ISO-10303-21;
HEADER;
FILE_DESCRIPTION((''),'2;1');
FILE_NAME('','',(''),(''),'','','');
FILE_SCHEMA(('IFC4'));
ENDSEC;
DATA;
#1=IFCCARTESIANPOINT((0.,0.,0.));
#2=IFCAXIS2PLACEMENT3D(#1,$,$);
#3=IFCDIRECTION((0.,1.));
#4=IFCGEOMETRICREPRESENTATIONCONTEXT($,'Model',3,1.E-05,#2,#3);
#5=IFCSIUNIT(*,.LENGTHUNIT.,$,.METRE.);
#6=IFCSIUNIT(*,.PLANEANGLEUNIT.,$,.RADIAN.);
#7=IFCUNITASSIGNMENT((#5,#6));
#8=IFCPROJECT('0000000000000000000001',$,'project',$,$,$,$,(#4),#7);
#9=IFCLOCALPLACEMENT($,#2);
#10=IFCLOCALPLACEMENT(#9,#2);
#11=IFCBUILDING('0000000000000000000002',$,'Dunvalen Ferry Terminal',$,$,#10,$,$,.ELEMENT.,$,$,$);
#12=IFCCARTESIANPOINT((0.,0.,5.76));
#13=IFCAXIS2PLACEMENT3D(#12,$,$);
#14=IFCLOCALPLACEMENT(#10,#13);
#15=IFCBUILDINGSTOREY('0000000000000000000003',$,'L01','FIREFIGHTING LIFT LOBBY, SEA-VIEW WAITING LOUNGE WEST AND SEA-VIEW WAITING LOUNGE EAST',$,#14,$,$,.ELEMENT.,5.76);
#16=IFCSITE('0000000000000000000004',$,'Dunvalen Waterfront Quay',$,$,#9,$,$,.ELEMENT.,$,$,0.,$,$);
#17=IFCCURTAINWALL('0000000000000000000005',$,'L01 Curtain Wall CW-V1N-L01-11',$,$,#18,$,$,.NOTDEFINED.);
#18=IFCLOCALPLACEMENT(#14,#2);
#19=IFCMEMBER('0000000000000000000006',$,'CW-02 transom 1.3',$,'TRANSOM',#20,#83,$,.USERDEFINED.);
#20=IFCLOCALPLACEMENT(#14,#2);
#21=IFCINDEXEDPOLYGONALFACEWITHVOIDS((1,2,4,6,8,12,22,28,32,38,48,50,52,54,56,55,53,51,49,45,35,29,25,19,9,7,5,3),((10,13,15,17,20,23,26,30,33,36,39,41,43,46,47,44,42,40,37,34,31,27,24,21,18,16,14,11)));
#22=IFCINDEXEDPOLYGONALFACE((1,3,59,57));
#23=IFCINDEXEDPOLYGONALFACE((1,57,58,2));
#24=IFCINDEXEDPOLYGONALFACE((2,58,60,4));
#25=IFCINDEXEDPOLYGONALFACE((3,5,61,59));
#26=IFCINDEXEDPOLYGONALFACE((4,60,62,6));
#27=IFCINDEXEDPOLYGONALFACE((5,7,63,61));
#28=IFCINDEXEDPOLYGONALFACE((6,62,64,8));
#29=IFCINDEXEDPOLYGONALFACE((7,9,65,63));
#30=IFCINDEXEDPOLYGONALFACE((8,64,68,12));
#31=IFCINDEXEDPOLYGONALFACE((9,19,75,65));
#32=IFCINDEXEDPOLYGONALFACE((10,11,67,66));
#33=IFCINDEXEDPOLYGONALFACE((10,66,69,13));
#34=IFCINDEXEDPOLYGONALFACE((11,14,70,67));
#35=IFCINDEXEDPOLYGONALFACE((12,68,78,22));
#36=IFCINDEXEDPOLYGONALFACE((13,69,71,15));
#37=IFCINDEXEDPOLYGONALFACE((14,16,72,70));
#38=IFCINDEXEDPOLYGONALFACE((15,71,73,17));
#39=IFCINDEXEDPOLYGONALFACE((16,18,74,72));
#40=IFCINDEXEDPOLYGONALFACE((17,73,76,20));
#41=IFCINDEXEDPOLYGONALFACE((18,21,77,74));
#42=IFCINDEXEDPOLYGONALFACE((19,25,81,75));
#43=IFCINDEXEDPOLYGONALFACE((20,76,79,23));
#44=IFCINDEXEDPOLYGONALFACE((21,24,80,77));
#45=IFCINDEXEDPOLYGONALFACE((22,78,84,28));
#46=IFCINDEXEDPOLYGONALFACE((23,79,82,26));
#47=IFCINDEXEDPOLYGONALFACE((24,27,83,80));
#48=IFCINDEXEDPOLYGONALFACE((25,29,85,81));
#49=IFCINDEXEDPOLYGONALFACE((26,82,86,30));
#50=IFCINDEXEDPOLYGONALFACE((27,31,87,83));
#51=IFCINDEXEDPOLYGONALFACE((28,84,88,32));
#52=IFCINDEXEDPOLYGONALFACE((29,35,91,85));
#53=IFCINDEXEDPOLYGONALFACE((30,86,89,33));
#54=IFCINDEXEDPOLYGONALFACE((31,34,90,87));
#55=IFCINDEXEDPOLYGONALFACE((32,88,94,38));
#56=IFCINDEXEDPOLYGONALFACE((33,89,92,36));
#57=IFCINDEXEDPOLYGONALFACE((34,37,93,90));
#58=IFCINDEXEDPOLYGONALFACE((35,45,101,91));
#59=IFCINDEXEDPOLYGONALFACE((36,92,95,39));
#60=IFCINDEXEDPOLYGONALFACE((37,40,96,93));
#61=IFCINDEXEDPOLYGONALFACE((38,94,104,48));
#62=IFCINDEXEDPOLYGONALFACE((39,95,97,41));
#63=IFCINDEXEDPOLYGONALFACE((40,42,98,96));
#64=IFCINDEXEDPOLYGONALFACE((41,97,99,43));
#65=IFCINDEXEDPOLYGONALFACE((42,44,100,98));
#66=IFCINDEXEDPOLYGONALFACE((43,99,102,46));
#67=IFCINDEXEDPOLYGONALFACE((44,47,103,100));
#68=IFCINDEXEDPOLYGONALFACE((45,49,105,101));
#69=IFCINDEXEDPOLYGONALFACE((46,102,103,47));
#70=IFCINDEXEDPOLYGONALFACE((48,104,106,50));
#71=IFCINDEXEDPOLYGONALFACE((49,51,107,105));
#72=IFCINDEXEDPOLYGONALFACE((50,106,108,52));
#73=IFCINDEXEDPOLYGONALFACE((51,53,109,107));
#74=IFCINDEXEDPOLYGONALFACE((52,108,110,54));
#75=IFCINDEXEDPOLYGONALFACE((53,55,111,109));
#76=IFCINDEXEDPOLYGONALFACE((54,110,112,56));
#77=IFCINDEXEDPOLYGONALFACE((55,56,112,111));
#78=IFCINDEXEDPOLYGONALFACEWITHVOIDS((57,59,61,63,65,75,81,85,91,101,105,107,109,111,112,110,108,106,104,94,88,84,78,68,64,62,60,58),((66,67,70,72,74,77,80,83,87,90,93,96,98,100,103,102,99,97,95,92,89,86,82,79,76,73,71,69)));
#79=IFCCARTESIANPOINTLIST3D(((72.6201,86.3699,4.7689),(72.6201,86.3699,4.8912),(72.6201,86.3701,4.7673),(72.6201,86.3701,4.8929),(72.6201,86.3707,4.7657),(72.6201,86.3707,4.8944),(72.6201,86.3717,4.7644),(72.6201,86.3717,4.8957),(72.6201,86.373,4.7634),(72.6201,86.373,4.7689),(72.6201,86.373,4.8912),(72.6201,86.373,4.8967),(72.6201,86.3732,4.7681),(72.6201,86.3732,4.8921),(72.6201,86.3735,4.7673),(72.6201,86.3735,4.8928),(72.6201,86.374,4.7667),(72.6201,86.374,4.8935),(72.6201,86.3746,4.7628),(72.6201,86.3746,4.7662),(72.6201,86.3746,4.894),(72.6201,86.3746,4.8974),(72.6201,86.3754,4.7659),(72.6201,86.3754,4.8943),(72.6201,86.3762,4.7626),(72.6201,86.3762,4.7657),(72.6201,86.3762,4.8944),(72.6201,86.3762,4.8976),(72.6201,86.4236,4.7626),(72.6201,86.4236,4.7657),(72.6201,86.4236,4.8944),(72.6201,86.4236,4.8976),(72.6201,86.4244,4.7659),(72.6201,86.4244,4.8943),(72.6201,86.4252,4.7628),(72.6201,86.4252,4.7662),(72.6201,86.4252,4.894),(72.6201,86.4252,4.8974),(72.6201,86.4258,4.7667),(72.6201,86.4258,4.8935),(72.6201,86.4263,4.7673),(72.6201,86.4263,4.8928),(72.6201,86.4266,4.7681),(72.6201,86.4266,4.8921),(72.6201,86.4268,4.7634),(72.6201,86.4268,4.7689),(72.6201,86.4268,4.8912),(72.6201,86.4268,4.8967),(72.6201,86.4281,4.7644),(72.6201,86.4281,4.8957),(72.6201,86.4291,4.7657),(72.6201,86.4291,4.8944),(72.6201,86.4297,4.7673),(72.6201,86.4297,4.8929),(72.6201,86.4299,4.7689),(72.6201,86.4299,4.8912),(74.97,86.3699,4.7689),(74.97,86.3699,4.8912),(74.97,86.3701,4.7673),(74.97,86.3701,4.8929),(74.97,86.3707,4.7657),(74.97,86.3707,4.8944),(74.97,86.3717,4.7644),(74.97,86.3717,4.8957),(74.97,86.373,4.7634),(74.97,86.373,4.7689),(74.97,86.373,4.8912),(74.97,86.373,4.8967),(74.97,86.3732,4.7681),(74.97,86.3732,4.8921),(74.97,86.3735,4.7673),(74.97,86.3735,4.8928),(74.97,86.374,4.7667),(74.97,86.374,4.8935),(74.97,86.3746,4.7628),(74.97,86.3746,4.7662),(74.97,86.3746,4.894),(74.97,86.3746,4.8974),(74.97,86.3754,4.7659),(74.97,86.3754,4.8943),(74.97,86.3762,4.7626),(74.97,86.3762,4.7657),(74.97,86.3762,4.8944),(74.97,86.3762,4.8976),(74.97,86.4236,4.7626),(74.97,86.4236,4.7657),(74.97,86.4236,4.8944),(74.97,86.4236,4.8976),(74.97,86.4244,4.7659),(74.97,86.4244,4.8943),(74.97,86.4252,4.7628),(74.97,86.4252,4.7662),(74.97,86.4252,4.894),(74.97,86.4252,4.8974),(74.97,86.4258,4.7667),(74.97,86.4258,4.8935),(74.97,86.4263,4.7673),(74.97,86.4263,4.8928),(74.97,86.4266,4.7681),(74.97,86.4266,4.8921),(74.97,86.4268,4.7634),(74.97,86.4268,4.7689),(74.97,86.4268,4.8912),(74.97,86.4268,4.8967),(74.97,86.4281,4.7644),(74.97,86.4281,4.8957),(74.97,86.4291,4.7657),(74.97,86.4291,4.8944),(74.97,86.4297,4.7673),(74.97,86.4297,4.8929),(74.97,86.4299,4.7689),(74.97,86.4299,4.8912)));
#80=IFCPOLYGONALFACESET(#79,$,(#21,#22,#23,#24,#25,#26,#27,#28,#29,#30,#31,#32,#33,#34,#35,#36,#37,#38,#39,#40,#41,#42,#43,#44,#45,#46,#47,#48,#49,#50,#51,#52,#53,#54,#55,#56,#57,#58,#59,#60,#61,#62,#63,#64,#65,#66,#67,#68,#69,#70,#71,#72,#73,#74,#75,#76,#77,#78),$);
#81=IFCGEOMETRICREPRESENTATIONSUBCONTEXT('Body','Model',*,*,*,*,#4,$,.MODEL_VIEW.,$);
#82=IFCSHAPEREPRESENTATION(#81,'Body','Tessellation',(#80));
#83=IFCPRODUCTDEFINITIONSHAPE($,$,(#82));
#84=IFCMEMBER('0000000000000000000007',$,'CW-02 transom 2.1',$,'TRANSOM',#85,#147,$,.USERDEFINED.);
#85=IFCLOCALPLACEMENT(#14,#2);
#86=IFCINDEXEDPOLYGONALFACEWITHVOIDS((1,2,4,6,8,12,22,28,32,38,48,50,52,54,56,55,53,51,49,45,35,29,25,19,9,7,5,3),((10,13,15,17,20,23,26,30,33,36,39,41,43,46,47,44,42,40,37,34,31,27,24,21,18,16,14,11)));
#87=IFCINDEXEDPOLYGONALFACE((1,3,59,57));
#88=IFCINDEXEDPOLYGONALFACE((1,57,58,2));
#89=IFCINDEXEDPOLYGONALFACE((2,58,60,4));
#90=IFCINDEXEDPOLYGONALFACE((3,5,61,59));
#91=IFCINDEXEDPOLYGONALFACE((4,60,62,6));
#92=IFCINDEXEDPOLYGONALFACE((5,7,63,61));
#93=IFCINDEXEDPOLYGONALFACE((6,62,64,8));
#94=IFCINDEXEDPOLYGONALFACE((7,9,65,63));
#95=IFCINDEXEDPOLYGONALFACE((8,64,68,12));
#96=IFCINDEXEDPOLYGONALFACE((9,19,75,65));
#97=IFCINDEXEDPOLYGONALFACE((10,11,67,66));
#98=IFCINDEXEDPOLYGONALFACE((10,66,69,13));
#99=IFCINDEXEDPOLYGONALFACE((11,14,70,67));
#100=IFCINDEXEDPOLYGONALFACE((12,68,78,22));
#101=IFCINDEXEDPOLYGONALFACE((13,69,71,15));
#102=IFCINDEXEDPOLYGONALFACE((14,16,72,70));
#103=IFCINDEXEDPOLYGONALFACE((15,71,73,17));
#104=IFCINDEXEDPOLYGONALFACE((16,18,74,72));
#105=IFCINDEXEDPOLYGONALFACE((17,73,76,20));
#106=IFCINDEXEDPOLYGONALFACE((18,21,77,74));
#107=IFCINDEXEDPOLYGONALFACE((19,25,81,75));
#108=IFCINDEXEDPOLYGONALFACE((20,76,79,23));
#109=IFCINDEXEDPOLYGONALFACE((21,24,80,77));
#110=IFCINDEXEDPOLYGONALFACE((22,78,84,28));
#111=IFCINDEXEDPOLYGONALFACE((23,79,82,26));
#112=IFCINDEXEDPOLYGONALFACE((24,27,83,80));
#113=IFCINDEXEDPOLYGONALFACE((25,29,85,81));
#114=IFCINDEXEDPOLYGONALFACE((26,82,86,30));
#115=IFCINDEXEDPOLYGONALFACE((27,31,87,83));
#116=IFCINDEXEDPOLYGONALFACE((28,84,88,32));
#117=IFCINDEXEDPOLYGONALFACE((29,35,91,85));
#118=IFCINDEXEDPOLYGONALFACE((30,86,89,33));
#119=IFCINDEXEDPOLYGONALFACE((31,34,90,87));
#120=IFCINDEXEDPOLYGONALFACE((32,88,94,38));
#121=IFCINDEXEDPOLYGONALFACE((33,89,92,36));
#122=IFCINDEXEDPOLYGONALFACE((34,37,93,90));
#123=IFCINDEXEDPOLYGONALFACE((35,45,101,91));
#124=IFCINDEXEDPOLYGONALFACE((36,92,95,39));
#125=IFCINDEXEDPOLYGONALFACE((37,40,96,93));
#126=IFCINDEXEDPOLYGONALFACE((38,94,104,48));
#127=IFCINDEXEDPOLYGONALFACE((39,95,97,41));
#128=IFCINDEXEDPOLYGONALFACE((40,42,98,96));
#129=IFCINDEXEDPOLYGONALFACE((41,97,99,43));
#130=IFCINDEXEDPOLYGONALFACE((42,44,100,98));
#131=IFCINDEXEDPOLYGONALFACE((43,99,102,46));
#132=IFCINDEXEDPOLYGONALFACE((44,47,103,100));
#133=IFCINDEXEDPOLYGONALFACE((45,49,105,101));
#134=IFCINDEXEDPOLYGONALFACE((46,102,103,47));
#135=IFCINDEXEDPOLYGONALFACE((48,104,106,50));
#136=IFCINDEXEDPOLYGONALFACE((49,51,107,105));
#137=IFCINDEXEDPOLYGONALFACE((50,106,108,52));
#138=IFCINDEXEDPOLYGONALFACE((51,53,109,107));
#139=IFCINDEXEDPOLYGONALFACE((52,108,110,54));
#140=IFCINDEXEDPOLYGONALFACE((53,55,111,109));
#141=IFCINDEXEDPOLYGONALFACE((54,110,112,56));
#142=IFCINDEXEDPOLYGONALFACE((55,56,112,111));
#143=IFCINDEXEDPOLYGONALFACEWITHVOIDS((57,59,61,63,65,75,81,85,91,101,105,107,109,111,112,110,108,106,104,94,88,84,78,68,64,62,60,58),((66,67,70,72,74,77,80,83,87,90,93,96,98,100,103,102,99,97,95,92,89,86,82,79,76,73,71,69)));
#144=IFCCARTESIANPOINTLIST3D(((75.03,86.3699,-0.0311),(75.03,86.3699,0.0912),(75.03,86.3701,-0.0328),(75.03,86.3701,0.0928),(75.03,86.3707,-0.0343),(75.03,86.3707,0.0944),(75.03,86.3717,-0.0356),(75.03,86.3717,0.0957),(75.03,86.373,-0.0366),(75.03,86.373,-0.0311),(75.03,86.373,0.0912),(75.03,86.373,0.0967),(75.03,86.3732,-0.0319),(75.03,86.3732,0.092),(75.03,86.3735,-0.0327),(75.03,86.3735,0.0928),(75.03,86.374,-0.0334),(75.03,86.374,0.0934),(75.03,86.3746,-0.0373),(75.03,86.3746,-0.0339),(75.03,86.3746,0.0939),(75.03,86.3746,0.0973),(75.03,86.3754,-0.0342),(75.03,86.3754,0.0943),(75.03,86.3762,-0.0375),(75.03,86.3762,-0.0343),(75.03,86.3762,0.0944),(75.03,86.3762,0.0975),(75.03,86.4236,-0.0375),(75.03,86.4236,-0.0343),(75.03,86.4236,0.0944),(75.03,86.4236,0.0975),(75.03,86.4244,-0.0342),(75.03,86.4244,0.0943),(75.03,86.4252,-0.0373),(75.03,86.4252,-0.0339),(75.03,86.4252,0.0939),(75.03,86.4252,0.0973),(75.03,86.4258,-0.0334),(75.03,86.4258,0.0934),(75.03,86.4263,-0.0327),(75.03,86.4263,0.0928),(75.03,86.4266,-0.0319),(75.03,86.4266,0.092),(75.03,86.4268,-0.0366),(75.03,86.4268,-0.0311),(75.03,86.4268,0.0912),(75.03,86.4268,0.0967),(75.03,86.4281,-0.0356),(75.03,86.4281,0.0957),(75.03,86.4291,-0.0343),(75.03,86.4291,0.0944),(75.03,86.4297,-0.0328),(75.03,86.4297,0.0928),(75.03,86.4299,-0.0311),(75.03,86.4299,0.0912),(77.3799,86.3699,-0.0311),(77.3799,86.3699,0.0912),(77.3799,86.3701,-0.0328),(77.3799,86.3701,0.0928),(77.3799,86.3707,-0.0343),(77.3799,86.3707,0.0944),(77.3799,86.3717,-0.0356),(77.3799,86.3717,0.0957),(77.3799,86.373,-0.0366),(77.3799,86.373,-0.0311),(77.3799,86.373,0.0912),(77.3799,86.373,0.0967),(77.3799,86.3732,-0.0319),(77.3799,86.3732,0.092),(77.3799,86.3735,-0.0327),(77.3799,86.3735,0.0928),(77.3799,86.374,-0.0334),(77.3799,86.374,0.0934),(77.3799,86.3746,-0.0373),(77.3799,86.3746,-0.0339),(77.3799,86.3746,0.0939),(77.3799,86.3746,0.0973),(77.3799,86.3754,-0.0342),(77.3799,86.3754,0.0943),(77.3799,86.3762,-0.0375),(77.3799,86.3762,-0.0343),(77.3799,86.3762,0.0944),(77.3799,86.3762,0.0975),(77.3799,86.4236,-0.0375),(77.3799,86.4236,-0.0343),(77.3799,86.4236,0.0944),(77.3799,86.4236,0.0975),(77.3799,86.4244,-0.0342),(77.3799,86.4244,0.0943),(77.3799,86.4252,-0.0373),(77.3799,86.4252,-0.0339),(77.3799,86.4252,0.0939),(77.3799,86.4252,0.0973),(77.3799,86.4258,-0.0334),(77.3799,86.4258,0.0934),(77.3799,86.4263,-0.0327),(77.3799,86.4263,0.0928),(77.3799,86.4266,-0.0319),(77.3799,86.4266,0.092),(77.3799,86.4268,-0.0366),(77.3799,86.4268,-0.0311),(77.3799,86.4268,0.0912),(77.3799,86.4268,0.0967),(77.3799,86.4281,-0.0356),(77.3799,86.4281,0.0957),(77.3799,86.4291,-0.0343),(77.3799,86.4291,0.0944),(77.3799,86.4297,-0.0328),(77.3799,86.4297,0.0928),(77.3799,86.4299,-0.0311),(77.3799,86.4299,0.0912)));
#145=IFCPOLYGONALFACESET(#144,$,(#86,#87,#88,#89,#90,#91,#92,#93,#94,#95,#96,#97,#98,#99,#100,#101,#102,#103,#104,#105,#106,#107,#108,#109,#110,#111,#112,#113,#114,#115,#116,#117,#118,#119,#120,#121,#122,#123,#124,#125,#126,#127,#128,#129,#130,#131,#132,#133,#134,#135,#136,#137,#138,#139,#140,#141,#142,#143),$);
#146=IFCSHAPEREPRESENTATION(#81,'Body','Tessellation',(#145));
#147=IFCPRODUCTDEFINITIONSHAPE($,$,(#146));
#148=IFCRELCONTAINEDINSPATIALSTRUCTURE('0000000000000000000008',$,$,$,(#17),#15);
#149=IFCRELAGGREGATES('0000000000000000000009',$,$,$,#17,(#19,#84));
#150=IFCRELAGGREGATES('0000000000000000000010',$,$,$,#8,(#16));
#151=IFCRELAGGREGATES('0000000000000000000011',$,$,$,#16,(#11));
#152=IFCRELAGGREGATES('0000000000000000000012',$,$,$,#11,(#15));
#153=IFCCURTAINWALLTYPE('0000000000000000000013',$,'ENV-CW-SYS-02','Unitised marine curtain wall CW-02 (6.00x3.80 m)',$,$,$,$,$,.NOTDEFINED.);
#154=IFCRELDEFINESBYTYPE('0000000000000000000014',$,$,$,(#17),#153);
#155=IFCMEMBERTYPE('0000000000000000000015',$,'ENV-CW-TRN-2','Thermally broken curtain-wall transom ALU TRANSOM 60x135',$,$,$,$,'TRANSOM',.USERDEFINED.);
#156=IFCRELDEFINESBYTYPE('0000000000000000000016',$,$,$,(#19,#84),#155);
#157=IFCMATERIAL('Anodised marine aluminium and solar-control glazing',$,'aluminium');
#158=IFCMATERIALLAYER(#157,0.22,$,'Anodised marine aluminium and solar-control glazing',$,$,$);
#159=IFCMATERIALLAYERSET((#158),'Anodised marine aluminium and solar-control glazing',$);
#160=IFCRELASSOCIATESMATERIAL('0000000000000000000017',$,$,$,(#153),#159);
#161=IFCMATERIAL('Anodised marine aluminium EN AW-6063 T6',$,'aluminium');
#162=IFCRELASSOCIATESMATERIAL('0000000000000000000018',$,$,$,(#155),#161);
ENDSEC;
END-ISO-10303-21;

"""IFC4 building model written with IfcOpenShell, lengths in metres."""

from ifc_helpers import new_model, si_unit, direction, frame, origin, origin_2d, place, context, subcontext, project, spatial, hollow_rectangle, extrude, material, layer, layer_set, material_profile, profile_set, type_object, element, aggregate, save


model = new_model("IFC4")

# Units and contexts
model_context = context("Model", 3, precision=1e-05, world=origin(), true_north=direction((0.0, 1.0)))
body_context = subcontext(model_context, "Body", "Model", "MODEL_VIEW")
ifc_project = project(units=[si_unit("LENGTHUNIT", "METRE"), si_unit("PLANEANGLEUNIT", "RADIAN")], contexts=[model_context])

# Site, building, storey
site_placement = place(None, origin())
site = spatial("IfcSite", under=ifc_project, at=site_placement, Name="Dunvalen Waterfront Quay", CompositionType="ELEMENT", RefElevation=0.0)
building_placement = place(site_placement, origin())
building = spatial("IfcBuilding", under=site, at=building_placement, Name="Dunvalen Ferry Terminal", CompositionType="ELEMENT")
storey_placement = place(building_placement, frame((0.0, 0.0, 5.76)))
storey = spatial("IfcBuildingStorey", under=building, at=storey_placement, Name="L01", Description="FIREFIGHTING LIFT LOBBY, SEA-VIEW WAITING LOUNGE WEST AND SEA-VIEW WAITING LOUNGE EAST", CompositionType="ELEMENT", Elevation=5.76)

# Curtain wall
ifc_material_1 = material(Name="Anodised marine aluminium and solar-control glazing", Category="aluminium")
ifc_layer_1 = layer(ifc_material_1, 0.22, Name="Anodised marine aluminium and solar-control glazing")
ifc_layer_set_1 = layer_set([ifc_layer_1], Name="Anodised marine aluminium and solar-control glazing")
curtain_wall_type = type_object("IfcCurtainWallType", Name="ENV-CW-SYS-02", Description="Unitised marine curtain wall CW-02 (6.00x3.80 m)", PredefinedType="NOTDEFINED", material=ifc_layer_set_1)
ifc_material_2 = material(Name="Anodised marine aluminium EN AW-6063 T6", Category="aluminium")
curtain_wall_1_placement = place(storey_placement, origin())
curtain_wall_1 = element("IfcCurtainWall", 1, at=curtain_wall_1_placement, inside=storey, type_object=curtain_wall_type, Name="L01 Curtain Wall CW-V1N-L01-11", PredefinedType="NOTDEFINED")

# Members
ifc_material_profile_1 = material_profile(ifc_material_2, hollow_rectangle(XDim=0.0601, YDim=0.135, WallThickness=0.0032, InnerFilletRadius=0.0032, OuterFilletRadius=0.0063, at=origin_2d()), Name="Anodised marine aluminium EN AW-6063 T6")
ifc_profile_set_1 = profile_set([ifc_material_profile_1], Name="Anodised marine aluminium EN AW-6063 T6")
member_type_1 = type_object("IfcMemberType", Name="ENV-CW-TRN-2", Description="Thermally broken curtain-wall transom ALU TRANSOM 60x135", ElementType="TRANSOM", PredefinedType="USERDEFINED", material=ifc_profile_set_1)
member_1_placement = place(storey_placement, frame((72.6201, 86.3999, 4.8301), z_axis=(1.0, 0.0, 0.0), x_axis=(0.0, 1.0, 0.0)))
member_1 = element("IfcMember", 2, at=member_1_placement, type_object=member_type_1, Name="CW-02 transom 1.3", ObjectType="TRANSOM", PredefinedType="USERDEFINED", context=body_context, shape_type="SweptSolid", body=[
    extrude(hollow_rectangle(XDim=0.0601, YDim=0.135, WallThickness=0.0032, InnerFilletRadius=0.0032, OuterFilletRadius=0.0063, at=origin_2d()), origin(), (0.0, 0.0, 1.0), 2.3499),
])
member_2_placement = place(storey_placement, frame((75.03, 86.3999, 0.03), z_axis=(1.0, 0.0, 0.0), x_axis=(0.0, 1.0, 0.0)))
member_2 = element("IfcMember", 3, at=member_2_placement, type_object=member_type_1, Name="CW-02 transom 2.1", ObjectType="TRANSOM", PredefinedType="USERDEFINED", context=body_context, shape_type="SweptSolid", body=[
    extrude(hollow_rectangle(XDim=0.0601, YDim=0.135, WallThickness=0.0032, InnerFilletRadius=0.0032, OuterFilletRadius=0.0063, at=origin_2d()), origin(), (0.0, 0.0, 1.0), 2.3499),
])

aggregate(curtain_wall_1, [member_1, member_2])

save(model, "model.ifc")
